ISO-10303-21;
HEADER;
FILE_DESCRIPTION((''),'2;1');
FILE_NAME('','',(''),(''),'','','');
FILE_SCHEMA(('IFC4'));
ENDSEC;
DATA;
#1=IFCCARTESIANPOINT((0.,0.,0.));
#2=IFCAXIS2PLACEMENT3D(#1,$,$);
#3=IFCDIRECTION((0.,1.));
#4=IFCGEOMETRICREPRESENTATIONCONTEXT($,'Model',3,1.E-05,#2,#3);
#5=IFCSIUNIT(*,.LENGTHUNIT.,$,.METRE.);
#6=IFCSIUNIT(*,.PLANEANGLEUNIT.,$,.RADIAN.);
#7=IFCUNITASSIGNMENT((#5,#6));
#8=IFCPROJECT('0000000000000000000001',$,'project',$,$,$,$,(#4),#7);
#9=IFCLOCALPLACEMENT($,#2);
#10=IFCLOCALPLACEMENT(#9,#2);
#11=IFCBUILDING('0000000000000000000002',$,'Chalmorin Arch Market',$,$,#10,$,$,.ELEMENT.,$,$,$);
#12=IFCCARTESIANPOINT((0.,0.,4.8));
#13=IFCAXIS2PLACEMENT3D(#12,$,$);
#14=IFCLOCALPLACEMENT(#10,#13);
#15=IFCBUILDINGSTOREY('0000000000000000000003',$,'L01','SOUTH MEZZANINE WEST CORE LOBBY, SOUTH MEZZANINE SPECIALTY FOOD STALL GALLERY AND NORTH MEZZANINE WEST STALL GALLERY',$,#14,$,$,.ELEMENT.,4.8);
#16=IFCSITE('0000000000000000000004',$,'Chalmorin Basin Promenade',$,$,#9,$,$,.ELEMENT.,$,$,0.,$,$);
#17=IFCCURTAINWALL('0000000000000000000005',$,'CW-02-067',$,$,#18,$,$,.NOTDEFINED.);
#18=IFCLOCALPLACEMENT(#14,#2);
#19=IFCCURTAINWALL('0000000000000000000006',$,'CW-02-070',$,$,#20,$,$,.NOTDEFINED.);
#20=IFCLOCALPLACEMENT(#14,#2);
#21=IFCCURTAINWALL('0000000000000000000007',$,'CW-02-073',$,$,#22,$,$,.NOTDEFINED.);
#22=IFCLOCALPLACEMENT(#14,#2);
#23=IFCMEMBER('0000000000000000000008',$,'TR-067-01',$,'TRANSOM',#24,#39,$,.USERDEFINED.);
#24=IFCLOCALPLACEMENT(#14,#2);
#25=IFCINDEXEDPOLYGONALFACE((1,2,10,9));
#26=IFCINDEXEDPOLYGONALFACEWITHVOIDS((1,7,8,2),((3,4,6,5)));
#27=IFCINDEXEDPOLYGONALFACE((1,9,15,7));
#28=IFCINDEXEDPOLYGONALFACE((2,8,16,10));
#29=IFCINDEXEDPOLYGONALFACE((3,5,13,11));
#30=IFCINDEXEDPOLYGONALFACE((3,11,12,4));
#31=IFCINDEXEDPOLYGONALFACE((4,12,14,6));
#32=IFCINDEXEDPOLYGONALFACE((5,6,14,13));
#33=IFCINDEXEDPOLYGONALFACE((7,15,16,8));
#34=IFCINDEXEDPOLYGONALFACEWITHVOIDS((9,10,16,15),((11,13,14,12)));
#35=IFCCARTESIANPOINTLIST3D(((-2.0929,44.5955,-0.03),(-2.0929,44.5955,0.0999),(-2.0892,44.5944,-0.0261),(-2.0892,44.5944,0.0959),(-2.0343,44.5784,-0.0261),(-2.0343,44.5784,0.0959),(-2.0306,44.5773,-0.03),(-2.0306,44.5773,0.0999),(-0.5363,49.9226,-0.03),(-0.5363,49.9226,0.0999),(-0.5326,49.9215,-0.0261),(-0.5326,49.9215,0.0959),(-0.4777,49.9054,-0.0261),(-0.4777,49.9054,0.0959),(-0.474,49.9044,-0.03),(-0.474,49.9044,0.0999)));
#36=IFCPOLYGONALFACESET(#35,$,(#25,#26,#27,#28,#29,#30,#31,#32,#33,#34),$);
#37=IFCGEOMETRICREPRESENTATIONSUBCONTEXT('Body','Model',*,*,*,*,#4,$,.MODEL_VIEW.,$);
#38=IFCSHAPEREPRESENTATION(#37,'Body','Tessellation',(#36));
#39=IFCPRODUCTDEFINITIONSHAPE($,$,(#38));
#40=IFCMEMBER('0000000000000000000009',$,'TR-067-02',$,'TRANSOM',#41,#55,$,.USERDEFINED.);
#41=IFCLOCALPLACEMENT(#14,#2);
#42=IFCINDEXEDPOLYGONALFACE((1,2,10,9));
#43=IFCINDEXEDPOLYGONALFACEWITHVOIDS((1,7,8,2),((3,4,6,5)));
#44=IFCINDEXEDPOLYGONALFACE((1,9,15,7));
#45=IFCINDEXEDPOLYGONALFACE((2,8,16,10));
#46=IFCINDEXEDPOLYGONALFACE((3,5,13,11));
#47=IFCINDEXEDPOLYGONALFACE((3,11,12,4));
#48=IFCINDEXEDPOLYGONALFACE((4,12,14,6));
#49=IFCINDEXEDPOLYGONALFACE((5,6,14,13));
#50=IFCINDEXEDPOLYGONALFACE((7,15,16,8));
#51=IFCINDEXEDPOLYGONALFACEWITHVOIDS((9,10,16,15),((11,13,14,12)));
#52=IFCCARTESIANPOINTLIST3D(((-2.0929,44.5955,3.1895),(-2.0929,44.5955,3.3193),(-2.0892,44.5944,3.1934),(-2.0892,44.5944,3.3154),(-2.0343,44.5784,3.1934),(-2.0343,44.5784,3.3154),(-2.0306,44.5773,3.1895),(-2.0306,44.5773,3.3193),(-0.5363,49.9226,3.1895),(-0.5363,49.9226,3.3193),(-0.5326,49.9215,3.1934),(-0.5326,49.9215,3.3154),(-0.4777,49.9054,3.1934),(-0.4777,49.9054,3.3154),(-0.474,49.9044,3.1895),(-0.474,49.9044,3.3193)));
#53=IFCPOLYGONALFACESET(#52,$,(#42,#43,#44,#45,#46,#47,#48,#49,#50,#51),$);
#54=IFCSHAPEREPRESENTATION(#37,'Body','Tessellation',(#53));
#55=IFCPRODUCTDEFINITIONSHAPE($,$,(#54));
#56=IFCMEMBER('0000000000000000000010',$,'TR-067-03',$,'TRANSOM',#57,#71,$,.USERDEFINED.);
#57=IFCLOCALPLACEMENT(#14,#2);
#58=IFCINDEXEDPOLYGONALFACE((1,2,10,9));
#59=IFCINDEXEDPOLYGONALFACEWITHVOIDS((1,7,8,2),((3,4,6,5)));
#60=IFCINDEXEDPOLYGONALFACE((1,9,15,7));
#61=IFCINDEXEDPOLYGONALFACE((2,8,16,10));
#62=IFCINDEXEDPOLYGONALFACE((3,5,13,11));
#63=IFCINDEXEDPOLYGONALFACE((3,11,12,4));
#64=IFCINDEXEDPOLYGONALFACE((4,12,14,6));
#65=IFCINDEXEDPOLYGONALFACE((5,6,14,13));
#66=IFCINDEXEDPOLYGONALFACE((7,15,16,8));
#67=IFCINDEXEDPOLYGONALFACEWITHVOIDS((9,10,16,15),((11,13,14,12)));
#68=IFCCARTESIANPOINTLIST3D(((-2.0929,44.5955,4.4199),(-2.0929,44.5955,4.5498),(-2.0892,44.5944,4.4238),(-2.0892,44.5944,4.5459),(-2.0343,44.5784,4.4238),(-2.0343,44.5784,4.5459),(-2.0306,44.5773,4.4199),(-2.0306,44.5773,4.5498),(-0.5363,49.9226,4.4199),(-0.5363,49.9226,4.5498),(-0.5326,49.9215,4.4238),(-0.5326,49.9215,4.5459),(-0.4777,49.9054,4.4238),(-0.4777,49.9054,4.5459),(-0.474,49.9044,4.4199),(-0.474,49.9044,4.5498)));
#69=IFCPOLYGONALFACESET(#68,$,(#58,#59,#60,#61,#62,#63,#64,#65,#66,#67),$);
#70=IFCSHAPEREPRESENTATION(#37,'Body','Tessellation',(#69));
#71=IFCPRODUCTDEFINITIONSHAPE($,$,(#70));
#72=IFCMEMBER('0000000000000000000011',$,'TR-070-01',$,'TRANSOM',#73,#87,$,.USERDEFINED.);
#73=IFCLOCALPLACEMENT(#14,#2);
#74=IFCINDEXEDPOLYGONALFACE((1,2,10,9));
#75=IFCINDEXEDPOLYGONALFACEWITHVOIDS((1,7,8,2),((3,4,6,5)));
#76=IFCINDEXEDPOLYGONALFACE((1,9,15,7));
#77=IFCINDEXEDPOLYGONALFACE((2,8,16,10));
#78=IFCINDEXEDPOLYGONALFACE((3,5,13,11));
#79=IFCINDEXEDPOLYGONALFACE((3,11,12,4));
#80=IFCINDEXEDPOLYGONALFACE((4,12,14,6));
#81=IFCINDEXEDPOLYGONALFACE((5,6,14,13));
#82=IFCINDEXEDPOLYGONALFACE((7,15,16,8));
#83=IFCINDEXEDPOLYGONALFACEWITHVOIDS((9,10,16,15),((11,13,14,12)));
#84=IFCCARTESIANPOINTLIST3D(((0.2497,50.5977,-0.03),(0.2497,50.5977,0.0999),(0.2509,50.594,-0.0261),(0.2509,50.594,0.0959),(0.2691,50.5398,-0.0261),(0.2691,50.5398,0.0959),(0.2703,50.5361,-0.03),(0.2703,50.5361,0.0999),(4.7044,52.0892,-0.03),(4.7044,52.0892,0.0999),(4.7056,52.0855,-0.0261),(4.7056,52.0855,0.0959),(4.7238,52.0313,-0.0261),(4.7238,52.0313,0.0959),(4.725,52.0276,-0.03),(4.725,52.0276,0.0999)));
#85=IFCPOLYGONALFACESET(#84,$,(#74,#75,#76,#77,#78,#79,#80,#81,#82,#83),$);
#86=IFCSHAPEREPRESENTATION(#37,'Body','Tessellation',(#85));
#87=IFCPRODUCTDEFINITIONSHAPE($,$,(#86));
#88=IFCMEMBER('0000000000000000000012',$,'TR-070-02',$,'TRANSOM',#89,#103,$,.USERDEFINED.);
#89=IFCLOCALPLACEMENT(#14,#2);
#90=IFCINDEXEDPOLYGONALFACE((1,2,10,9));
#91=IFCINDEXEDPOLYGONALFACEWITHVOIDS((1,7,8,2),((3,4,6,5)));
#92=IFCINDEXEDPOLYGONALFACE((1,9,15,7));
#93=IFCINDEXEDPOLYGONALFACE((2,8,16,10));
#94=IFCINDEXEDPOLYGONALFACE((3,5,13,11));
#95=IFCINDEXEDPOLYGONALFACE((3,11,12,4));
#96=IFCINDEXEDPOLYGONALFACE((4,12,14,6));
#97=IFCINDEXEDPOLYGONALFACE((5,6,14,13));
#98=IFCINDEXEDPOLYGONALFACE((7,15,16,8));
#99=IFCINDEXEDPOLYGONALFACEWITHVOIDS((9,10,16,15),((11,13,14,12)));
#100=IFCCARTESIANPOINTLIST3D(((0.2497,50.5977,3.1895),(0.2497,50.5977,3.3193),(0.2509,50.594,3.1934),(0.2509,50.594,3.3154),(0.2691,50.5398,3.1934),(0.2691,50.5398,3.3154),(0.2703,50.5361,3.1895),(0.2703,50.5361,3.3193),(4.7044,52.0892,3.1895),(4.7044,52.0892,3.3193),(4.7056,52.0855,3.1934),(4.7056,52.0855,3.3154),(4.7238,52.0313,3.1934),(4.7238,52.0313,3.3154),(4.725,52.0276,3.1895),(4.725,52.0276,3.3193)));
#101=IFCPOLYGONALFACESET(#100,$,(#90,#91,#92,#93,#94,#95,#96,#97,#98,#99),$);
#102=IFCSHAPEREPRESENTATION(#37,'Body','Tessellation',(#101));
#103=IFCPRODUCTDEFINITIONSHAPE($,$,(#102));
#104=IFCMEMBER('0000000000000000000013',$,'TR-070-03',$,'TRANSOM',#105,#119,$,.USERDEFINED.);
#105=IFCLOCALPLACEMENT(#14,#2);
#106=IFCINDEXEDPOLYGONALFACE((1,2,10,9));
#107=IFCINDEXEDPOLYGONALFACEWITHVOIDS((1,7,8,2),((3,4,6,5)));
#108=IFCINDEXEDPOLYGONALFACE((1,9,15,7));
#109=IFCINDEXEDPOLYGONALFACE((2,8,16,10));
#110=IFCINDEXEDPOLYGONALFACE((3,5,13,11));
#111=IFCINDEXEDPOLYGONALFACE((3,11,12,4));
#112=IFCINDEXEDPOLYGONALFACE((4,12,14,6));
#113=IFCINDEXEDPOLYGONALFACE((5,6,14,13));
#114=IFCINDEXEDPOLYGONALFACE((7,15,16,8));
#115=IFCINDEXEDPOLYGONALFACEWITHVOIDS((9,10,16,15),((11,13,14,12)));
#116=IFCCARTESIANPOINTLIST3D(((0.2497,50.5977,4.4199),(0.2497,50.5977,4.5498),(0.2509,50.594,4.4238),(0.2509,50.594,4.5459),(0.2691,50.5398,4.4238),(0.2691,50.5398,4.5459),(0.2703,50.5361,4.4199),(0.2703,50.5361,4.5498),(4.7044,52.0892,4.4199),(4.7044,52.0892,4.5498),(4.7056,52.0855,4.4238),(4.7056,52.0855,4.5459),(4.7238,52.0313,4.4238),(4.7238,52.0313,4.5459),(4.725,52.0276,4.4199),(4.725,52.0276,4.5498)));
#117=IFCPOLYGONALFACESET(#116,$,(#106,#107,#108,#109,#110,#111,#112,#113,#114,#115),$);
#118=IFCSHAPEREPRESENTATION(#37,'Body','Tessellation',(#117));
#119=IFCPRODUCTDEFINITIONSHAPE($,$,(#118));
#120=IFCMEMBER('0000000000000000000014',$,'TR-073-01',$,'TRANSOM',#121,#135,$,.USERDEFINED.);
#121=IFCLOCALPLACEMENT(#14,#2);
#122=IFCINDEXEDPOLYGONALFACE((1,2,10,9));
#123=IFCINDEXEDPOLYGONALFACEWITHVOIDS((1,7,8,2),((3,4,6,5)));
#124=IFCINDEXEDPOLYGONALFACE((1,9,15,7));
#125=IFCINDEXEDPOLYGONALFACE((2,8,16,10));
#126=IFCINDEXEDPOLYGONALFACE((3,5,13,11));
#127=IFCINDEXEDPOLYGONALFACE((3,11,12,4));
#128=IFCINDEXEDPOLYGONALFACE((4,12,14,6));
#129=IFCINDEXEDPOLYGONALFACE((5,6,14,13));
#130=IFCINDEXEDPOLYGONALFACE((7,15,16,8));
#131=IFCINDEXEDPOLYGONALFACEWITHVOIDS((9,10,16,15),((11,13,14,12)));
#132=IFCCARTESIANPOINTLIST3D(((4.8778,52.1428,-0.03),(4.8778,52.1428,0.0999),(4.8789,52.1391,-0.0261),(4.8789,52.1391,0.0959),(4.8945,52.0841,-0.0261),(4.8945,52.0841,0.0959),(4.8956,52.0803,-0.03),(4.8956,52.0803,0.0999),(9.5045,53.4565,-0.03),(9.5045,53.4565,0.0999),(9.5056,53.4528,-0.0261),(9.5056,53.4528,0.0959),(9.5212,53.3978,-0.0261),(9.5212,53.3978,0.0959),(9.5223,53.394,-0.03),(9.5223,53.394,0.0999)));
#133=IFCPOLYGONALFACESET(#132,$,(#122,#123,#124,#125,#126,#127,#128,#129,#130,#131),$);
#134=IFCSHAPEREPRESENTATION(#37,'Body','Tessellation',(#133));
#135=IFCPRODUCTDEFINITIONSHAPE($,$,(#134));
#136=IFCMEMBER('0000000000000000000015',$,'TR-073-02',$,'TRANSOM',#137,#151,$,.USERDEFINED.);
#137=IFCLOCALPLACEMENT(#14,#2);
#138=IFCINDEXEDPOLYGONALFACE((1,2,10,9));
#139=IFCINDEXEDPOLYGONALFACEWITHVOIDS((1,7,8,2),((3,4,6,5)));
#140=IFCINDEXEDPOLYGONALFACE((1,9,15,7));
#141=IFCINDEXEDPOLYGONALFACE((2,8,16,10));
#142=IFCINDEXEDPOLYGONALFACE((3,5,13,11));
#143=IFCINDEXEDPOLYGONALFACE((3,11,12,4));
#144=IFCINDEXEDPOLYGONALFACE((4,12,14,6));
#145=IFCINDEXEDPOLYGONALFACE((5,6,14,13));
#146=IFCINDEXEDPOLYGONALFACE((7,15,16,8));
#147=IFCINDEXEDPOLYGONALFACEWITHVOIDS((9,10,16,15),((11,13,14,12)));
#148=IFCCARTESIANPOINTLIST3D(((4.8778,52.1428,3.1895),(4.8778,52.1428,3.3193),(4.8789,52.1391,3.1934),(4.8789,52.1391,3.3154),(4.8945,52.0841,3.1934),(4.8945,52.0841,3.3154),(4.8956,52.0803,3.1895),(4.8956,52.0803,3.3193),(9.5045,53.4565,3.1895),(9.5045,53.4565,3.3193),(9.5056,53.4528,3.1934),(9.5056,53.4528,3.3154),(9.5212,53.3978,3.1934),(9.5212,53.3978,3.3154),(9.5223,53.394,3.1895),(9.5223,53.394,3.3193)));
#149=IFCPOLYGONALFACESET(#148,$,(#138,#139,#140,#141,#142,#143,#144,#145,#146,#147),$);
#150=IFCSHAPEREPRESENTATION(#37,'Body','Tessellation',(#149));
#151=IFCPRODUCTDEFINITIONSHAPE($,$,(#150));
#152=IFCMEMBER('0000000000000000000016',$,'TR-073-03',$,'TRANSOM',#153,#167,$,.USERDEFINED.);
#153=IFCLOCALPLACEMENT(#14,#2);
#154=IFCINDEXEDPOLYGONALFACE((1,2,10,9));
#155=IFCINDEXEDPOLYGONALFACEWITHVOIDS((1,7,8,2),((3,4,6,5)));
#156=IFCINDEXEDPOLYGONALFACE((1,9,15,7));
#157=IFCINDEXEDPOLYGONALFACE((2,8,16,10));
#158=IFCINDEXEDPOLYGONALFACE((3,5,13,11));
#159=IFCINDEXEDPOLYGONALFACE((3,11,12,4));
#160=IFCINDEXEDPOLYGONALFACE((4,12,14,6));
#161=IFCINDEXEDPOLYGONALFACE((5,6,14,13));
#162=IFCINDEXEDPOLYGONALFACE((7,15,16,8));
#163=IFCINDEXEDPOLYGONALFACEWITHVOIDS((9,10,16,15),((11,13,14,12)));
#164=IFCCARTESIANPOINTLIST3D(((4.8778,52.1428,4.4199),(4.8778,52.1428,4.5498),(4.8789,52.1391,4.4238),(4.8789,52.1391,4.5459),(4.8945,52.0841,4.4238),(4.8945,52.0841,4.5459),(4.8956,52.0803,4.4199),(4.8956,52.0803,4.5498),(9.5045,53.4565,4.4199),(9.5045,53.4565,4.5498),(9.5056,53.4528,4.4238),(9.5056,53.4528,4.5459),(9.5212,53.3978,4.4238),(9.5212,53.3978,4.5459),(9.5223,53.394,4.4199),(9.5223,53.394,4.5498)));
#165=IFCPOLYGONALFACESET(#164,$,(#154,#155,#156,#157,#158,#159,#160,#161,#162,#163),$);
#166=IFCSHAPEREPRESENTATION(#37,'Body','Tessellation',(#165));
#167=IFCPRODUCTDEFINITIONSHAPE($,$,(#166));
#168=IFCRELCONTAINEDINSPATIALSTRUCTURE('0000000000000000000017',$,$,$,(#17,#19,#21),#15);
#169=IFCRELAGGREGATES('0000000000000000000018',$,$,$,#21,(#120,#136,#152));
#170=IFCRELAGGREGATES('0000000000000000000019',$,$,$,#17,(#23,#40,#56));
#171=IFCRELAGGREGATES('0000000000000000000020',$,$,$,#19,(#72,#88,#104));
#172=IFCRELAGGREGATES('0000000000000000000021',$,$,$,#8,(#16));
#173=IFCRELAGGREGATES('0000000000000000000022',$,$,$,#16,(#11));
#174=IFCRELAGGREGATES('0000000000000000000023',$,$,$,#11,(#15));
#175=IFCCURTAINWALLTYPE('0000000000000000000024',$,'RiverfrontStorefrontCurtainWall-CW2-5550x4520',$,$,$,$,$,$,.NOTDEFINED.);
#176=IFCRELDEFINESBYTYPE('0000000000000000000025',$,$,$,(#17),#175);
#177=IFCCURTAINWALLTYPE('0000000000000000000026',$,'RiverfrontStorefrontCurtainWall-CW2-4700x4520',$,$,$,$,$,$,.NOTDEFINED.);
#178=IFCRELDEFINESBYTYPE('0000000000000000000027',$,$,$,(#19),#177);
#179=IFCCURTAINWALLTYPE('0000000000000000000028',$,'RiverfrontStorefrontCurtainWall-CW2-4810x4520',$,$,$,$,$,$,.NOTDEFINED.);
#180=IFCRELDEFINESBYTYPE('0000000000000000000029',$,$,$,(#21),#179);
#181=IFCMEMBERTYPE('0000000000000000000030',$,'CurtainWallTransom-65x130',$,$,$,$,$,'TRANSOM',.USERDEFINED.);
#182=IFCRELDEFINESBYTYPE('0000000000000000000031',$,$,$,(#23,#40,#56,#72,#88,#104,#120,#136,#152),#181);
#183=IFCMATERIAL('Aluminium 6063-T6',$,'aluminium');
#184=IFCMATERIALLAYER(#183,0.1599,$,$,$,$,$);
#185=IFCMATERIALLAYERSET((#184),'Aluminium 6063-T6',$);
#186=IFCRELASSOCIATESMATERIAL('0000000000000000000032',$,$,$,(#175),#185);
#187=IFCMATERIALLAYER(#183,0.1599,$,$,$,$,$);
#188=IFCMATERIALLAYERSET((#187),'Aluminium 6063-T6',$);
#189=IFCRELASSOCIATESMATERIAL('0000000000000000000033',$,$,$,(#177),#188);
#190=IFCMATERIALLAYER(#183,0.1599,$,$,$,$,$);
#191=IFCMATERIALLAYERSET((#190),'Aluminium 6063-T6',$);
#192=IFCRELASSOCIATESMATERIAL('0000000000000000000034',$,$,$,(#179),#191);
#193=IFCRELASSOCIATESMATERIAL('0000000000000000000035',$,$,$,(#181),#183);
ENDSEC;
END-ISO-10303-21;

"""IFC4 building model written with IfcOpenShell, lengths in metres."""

from ifc_helpers import new_model, si_unit, direction, frame, origin, origin_2d, place, context, subcontext, project, spatial, hollow_rectangle, extrude, material, layer, layer_set, material_profile, profile_set, type_object, element, aggregate, save


model = new_model("IFC4")

# Units and contexts
model_context = context("Model", 3, precision=1e-05, world=origin(), true_north=direction((0.0, 1.0)))
body_context = subcontext(model_context, "Body", "Model", "MODEL_VIEW")
ifc_project = project(units=[si_unit("LENGTHUNIT", "METRE"), si_unit("PLANEANGLEUNIT", "RADIAN")], contexts=[model_context])

# Site, building, storey
site_placement = place(None, origin())
site = spatial("IfcSite", under=ifc_project, at=site_placement, Name="Chalmorin Basin Promenade", CompositionType="ELEMENT", RefElevation=0.0)
building_placement = place(site_placement, origin())
building = spatial("IfcBuilding", under=site, at=building_placement, Name="Chalmorin Arch Market", CompositionType="ELEMENT")
storey_placement = place(building_placement, frame((0.0, 0.0, 4.8)))
storey = spatial("IfcBuildingStorey", under=building, at=storey_placement, Name="L01", Description="SOUTH MEZZANINE WEST CORE LOBBY, SOUTH MEZZANINE SPECIALTY FOOD STALL GALLERY AND NORTH MEZZANINE WEST STALL GALLERY", CompositionType="ELEMENT", Elevation=4.8)

# Shared definitions
ifc_material_1 = material(Name="Aluminium 6063-T6", Category="aluminium")

# Curtain walls
ifc_layer_1 = layer(ifc_material_1, 0.1599)
ifc_layer_set_1 = layer_set([ifc_layer_1], Name="Aluminium 6063-T6")
curtain_wall_type_1 = type_object("IfcCurtainWallType", Name="RiverfrontStorefrontCurtainWall-CW2-5550x4520", PredefinedType="NOTDEFINED", material=ifc_layer_set_1)
curtain_wall_1_placement = place(storey_placement, origin())
curtain_wall_1 = element("IfcCurtainWall", 1, at=curtain_wall_1_placement, inside=storey, type_object=curtain_wall_type_1, Name="CW-02-067", PredefinedType="NOTDEFINED")
ifc_layer_2 = layer(ifc_material_1, 0.1599)
ifc_layer_set_2 = layer_set([ifc_layer_2], Name="Aluminium 6063-T6")
curtain_wall_type_2 = type_object("IfcCurtainWallType", Name="RiverfrontStorefrontCurtainWall-CW2-4700x4520", PredefinedType="NOTDEFINED", material=ifc_layer_set_2)
curtain_wall_2_placement = place(storey_placement, origin())
curtain_wall_2 = element("IfcCurtainWall", 2, at=curtain_wall_2_placement, inside=storey, type_object=curtain_wall_type_2, Name="CW-02-070", PredefinedType="NOTDEFINED")

# Curtain wall
ifc_layer_3 = layer(ifc_material_1, 0.1599)
ifc_layer_set_3 = layer_set([ifc_layer_3], Name="Aluminium 6063-T6")
curtain_wall_type_3 = type_object("IfcCurtainWallType", Name="RiverfrontStorefrontCurtainWall-CW2-4810x4520", PredefinedType="NOTDEFINED", material=ifc_layer_set_3)
curtain_wall_3_placement = place(storey_placement, origin())
curtain_wall_3 = element("IfcCurtainWall", 3, at=curtain_wall_3_placement, inside=storey, type_object=curtain_wall_type_3, Name="CW-02-073", PredefinedType="NOTDEFINED")

# Members
ifc_material_profile_1 = material_profile(ifc_material_1, hollow_rectangle(XDim=0.0649, YDim=0.1299, WallThickness=0.0039, at=origin_2d()), Name="ALU65X130X4")
ifc_profile_set_1 = profile_set([ifc_material_profile_1], Name="Aluminium 6063-T6")
member_type_1 = type_object("IfcMemberType", Name="CurtainWallTransom-65x130", ElementType="TRANSOM", PredefinedType="USERDEFINED", material=ifc_profile_set_1)
member_1_placement = place(storey_placement, frame((-2.0618, 44.5864, 0.0349), z_axis=(0.28048, 0.95986, 0.0), x_axis=(-0.95986, 0.28048, 0.0)))
member_1 = element("IfcMember", 4, at=member_1_placement, type_object=member_type_1, Name="TR-067-01", ObjectType="TRANSOM", PredefinedType="USERDEFINED", context=body_context, shape_type="SweptSolid", body=[
    extrude(hollow_rectangle(XDim=0.0649, YDim=0.1299, WallThickness=0.0039, at=origin_2d()), origin(), (0.0, 0.0, 1.0), 5.5498),
])
member_2_placement = place(storey_placement, frame((-2.0618, 44.5864, 3.2544), z_axis=(0.28048, 0.95986, 0.0), x_axis=(-0.95986, 0.28048, 0.0)))
member_2 = element("IfcMember", 5, at=member_2_placement, type_object=member_type_1, Name="TR-067-02", ObjectType="TRANSOM", PredefinedType="USERDEFINED", context=body_context, shape_type="SweptSolid", body=[
    extrude(hollow_rectangle(XDim=0.0649, YDim=0.1299, WallThickness=0.0039, at=origin_2d()), origin(), (0.0, 0.0, 1.0), 5.5498),
])
member_3_placement = place(storey_placement, frame((-2.0618, 44.5864, 4.4849), z_axis=(0.28048, 0.95986, 0.0), x_axis=(-0.95986, 0.28048, 0.0)))
member_3 = element("IfcMember", 6, at=member_3_placement, type_object=member_type_1, Name="TR-067-03", ObjectType="TRANSOM", PredefinedType="USERDEFINED", context=body_context, shape_type="SweptSolid", body=[
    extrude(hollow_rectangle(XDim=0.0649, YDim=0.1299, WallThickness=0.0039, at=origin_2d()), origin(), (0.0, 0.0, 1.0), 5.5498),
])
member_4_placement = place(storey_placement, frame((0.26, 50.5669, 0.0349), z_axis=(0.948261, 0.31749, 0.0), x_axis=(-0.31749, 0.948261, 0.0)))
member_4 = element("IfcMember", 7, at=member_4_placement, type_object=member_type_1, Name="TR-070-01", ObjectType="TRANSOM", PredefinedType="USERDEFINED", context=body_context, shape_type="SweptSolid", body=[
    extrude(hollow_rectangle(XDim=0.0649, YDim=0.1299, WallThickness=0.0039, at=origin_2d()), origin(), (0.0, 0.0, 1.0), 4.6978),
])
member_5_placement = place(storey_placement, frame((0.26, 50.5669, 3.2544), z_axis=(0.948261, 0.31749, 0.0), x_axis=(-0.31749, 0.948261, 0.0)))
member_5 = element("IfcMember", 8, at=member_5_placement, type_object=member_type_1, Name="TR-070-02", ObjectType="TRANSOM", PredefinedType="USERDEFINED", context=body_context, shape_type="SweptSolid", body=[
    extrude(hollow_rectangle(XDim=0.0649, YDim=0.1299, WallThickness=0.0039, at=origin_2d()), origin(), (0.0, 0.0, 1.0), 4.6978),
])
member_6_placement = place(storey_placement, frame((0.26, 50.5669, 4.4849), z_axis=(0.948261, 0.31749, 0.0), x_axis=(-0.31749, 0.948261, 0.0)))
member_6 = element("IfcMember", 9, at=member_6_placement, type_object=member_type_1, Name="TR-070-03", ObjectType="TRANSOM", PredefinedType="USERDEFINED", context=body_context, shape_type="SweptSolid", body=[
    extrude(hollow_rectangle(XDim=0.0649, YDim=0.1299, WallThickness=0.0039, at=origin_2d()), origin(), (0.0, 0.0, 1.0), 4.6978),
])
member_7_placement = place(storey_placement, frame((4.8867, 52.1116, 0.0349), z_axis=(0.961973, 0.273145, 0.0), x_axis=(-0.273145, 0.961973, 0.0)))
member_7 = element("IfcMember", 10, at=member_7_placement, type_object=member_type_1, Name="TR-073-01", ObjectType="TRANSOM", PredefinedType="USERDEFINED", context=body_context, shape_type="SweptSolid", body=[
    extrude(hollow_rectangle(XDim=0.0649, YDim=0.1299, WallThickness=0.0039, at=origin_2d()), origin(), (0.0, 0.0, 1.0), 4.8096),
])
member_8_placement = place(storey_placement, frame((4.8867, 52.1116, 3.2544), z_axis=(0.961973, 0.273145, 0.0), x_axis=(-0.273145, 0.961973, 0.0)))
member_8 = element("IfcMember", 11, at=member_8_placement, type_object=member_type_1, Name="TR-073-02", ObjectType="TRANSOM", PredefinedType="USERDEFINED", context=body_context, shape_type="SweptSolid", body=[
    extrude(hollow_rectangle(XDim=0.0649, YDim=0.1299, WallThickness=0.0039, at=origin_2d()), origin(), (0.0, 0.0, 1.0), 4.8096),
])
member_9_placement = place(storey_placement, frame((4.8867, 52.1116, 4.4849), z_axis=(0.961973, 0.273145, 0.0), x_axis=(-0.273145, 0.961973, 0.0)))
member_9 = element("IfcMember", 12, at=member_9_placement, type_object=member_type_1, Name="TR-073-03", ObjectType="TRANSOM", PredefinedType="USERDEFINED", context=body_context, shape_type="SweptSolid", body=[
    extrude(hollow_rectangle(XDim=0.0649, YDim=0.1299, WallThickness=0.0039, at=origin_2d()), origin(), (0.0, 0.0, 1.0), 4.8096),
])
aggregate(curtain_wall_3, [member_7, member_8, member_9])

aggregate(curtain_wall_1, [member_1, member_2, member_3])
aggregate(curtain_wall_2, [member_4, member_5, member_6])

save(model, "model.ifc")
